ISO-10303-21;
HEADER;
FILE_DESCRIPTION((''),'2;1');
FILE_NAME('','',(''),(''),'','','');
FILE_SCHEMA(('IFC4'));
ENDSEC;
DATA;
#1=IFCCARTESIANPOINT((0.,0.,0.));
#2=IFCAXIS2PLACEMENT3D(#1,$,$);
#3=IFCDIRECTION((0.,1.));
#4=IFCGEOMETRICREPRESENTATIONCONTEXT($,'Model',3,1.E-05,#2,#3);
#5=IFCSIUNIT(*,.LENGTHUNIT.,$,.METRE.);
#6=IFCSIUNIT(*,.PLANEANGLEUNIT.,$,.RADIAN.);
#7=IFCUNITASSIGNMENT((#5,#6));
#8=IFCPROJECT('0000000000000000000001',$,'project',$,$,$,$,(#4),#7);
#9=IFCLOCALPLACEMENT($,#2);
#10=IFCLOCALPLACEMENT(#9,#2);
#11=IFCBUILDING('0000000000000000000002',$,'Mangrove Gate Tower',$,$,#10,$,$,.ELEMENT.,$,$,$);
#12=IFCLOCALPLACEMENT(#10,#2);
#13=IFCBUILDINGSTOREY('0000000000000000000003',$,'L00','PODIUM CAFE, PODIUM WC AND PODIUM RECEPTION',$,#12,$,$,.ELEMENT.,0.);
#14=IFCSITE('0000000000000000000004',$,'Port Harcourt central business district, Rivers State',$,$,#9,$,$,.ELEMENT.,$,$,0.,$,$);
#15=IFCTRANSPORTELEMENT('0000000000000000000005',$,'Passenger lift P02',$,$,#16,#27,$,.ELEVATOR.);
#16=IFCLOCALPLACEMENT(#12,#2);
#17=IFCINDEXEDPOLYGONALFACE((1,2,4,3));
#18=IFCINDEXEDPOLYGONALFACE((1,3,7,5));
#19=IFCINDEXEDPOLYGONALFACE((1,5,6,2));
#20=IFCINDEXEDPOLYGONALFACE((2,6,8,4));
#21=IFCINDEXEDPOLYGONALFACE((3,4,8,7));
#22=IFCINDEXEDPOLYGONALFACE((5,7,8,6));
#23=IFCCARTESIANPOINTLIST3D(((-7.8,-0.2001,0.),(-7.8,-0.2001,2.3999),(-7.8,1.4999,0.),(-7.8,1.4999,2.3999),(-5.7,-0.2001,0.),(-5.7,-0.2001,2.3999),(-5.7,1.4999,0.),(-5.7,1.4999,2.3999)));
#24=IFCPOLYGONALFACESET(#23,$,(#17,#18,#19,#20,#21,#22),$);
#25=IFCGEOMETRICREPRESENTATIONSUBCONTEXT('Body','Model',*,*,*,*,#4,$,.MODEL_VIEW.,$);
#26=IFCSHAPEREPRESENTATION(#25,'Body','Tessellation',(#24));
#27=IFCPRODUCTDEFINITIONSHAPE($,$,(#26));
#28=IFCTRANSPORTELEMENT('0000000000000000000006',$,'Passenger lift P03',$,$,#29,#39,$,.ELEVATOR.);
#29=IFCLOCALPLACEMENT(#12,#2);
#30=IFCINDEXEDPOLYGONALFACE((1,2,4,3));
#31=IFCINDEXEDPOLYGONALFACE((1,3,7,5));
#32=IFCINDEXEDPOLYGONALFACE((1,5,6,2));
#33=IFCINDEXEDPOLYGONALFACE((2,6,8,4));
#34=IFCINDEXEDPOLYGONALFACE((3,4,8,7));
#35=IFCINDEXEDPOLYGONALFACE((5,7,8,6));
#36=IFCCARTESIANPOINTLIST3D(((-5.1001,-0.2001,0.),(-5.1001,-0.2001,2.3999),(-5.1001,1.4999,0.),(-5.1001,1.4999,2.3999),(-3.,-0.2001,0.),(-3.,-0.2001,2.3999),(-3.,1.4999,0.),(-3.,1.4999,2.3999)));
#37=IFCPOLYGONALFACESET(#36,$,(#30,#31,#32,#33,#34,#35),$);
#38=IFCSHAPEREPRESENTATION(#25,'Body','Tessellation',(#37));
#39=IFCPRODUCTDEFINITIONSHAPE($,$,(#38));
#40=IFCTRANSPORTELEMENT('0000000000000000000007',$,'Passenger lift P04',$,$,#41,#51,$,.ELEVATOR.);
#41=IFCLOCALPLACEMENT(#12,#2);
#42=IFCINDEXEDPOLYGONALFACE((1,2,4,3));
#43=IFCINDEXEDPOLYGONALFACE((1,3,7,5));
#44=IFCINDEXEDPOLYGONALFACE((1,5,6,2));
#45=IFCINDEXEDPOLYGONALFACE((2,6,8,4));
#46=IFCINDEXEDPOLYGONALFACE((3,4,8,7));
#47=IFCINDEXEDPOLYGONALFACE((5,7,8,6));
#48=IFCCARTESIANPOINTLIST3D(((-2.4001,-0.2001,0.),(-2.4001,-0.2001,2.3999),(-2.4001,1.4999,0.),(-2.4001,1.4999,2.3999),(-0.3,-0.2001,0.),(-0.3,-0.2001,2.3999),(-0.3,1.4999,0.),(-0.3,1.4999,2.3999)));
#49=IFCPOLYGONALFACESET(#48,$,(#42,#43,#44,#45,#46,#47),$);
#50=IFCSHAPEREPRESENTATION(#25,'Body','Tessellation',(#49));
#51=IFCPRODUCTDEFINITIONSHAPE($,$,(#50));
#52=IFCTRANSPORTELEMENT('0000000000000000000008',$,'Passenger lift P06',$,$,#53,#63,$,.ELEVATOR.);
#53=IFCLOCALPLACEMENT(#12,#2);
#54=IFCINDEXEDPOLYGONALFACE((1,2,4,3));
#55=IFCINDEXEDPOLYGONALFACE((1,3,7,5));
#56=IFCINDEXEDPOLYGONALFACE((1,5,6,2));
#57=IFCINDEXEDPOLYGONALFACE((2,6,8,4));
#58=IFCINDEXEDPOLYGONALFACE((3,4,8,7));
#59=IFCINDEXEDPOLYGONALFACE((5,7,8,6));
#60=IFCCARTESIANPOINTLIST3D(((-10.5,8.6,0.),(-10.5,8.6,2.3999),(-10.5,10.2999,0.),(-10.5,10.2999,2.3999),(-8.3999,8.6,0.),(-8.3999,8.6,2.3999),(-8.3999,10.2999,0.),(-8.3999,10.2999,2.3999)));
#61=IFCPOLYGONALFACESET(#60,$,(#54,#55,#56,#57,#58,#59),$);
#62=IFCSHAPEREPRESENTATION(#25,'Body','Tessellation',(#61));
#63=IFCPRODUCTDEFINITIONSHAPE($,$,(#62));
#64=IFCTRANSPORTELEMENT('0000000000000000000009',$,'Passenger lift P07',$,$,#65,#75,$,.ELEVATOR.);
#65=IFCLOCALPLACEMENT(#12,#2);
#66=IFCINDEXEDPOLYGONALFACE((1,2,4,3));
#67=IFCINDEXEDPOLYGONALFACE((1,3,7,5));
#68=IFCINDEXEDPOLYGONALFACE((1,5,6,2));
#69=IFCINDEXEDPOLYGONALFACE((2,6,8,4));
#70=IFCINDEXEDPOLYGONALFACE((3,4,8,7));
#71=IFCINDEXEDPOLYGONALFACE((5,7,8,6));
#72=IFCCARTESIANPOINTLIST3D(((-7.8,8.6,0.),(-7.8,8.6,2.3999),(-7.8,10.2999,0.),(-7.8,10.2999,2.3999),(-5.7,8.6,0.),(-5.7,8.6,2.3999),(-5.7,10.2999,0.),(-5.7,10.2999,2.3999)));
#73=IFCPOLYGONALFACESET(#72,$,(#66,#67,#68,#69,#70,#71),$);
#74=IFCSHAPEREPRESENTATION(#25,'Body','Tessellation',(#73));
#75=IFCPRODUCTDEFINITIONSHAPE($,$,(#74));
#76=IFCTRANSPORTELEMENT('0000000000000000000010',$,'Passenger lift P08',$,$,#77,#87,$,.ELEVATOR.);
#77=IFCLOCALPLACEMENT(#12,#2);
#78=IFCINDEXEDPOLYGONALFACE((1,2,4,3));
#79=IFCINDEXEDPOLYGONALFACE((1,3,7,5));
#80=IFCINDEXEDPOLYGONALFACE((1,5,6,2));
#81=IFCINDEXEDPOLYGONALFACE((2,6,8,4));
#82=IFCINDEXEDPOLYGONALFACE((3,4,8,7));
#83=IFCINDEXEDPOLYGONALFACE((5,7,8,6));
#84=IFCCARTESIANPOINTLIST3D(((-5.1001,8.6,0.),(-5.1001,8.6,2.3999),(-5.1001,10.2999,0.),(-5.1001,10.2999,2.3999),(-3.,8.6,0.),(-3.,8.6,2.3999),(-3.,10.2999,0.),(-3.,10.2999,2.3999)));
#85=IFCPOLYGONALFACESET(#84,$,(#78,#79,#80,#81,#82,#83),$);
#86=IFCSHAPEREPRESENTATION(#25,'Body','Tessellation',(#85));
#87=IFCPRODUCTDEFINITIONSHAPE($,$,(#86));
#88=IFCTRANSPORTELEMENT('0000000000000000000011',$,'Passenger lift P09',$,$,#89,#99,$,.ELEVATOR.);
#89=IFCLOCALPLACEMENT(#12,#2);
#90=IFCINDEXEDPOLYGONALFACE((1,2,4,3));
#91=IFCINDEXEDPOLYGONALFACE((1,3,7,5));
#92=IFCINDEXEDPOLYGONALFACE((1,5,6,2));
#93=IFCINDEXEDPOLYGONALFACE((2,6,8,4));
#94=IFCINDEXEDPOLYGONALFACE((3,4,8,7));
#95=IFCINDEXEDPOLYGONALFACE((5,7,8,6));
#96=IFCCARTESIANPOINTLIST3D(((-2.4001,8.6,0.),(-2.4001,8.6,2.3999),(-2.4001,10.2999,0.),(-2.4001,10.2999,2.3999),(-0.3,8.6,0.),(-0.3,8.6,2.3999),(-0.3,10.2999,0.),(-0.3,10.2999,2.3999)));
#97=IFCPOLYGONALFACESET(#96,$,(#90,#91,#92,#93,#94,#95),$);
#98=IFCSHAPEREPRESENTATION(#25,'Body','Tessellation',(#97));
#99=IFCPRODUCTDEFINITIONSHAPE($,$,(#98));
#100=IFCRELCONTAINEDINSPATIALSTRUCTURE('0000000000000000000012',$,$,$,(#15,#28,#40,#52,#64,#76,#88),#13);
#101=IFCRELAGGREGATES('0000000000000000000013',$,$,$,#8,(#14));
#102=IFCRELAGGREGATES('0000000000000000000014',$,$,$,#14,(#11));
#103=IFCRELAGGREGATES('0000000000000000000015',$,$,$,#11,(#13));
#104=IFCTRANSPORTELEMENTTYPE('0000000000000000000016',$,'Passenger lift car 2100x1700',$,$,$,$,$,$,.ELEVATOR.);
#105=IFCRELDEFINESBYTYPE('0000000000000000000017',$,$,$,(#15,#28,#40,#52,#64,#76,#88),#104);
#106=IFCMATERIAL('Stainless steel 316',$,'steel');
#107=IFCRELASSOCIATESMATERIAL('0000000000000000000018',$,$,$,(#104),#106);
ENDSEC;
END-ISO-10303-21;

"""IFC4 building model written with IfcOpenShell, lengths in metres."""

from ifc_helpers import new_model, si_unit, direction, frame, origin, origin_2d, place, context, subcontext, project, spatial, rectangle, extrude, material, type_object, element, save


model = new_model("IFC4")

# Units and contexts
model_context = context("Model", 3, precision=1e-05, world=origin(), true_north=direction((0.0, 1.0)))
body_context = subcontext(model_context, "Body", "Model", "MODEL_VIEW")
ifc_project = project(units=[si_unit("LENGTHUNIT", "METRE"), si_unit("PLANEANGLEUNIT", "RADIAN")], contexts=[model_context])

# Site, building, storey
site_placement = place(None, origin())
site = spatial("IfcSite", under=ifc_project, at=site_placement, Name="Port Harcourt central business district, Rivers State", CompositionType="ELEMENT", RefElevation=0.0)
building_placement = place(site_placement, origin())
building = spatial("IfcBuilding", under=site, at=building_placement, Name="Mangrove Gate Tower", CompositionType="ELEMENT")
storey_placement = place(building_placement, origin())
storey = spatial("IfcBuildingStorey", under=building, at=storey_placement, Name="L00", Description="PODIUM CAFE, PODIUM WC AND PODIUM RECEPTION", CompositionType="ELEMENT", Elevation=0.0)

# Transport elements
ifc_material_1 = material(Name="Stainless steel 316", Category="steel")
transport_element_type = type_object("IfcTransportElementType", Name="Passenger lift car 2100x1700", PredefinedType="ELEVATOR", material=ifc_material_1)
for number, where, z_axis, x_axis, name in (
    (1, (-6.75, 0.6499, 0.0), (0.0, 0.0, 1.0), (1.0, 0.0, 0.0), "Passenger lift P02"),
    (2, (-4.05, 0.6499, 0.0), (0.0, 0.0, 1.0), (1.0, 0.0, 0.0), "Passenger lift P03"),
    (3, (-1.3501, 0.6499, 0.0), (0.0, 0.0, 1.0), (1.0, 0.0, 0.0), "Passenger lift P04"),
    (4, (-9.45, 9.45, 0.0), (0.0, 0.0, 1.0), (1.0, 0.0, 0.0), "Passenger lift P06"),
    (5, (-6.75, 9.45, 0.0), (0.0, 0.0, 1.0), (1.0, 0.0, 0.0), "Passenger lift P07"),
    (6, (-4.05, 9.45, 0.0), (0.0, 0.0, 1.0), (1.0, 0.0, 0.0), "Passenger lift P08"),
    (7, (-1.3501, 9.45, 0.0), (0.0, 0.0, 1.0), (1.0, 0.0, 0.0), "Passenger lift P09"),
):
    element("IfcTransportElement", number, at=place(storey_placement, frame(where, z_axis=z_axis, x_axis=x_axis)), inside=storey, type_object=transport_element_type, Name=name, PredefinedType="ELEVATOR", context=body_context, shape_type="SweptSolid", body=[
        extrude(rectangle(XDim=2.1001, YDim=1.7, at=origin_2d()), origin(), (0.0, 0.0, 1.0), 2.3999),
    ])

save(model, "model.ifc")
